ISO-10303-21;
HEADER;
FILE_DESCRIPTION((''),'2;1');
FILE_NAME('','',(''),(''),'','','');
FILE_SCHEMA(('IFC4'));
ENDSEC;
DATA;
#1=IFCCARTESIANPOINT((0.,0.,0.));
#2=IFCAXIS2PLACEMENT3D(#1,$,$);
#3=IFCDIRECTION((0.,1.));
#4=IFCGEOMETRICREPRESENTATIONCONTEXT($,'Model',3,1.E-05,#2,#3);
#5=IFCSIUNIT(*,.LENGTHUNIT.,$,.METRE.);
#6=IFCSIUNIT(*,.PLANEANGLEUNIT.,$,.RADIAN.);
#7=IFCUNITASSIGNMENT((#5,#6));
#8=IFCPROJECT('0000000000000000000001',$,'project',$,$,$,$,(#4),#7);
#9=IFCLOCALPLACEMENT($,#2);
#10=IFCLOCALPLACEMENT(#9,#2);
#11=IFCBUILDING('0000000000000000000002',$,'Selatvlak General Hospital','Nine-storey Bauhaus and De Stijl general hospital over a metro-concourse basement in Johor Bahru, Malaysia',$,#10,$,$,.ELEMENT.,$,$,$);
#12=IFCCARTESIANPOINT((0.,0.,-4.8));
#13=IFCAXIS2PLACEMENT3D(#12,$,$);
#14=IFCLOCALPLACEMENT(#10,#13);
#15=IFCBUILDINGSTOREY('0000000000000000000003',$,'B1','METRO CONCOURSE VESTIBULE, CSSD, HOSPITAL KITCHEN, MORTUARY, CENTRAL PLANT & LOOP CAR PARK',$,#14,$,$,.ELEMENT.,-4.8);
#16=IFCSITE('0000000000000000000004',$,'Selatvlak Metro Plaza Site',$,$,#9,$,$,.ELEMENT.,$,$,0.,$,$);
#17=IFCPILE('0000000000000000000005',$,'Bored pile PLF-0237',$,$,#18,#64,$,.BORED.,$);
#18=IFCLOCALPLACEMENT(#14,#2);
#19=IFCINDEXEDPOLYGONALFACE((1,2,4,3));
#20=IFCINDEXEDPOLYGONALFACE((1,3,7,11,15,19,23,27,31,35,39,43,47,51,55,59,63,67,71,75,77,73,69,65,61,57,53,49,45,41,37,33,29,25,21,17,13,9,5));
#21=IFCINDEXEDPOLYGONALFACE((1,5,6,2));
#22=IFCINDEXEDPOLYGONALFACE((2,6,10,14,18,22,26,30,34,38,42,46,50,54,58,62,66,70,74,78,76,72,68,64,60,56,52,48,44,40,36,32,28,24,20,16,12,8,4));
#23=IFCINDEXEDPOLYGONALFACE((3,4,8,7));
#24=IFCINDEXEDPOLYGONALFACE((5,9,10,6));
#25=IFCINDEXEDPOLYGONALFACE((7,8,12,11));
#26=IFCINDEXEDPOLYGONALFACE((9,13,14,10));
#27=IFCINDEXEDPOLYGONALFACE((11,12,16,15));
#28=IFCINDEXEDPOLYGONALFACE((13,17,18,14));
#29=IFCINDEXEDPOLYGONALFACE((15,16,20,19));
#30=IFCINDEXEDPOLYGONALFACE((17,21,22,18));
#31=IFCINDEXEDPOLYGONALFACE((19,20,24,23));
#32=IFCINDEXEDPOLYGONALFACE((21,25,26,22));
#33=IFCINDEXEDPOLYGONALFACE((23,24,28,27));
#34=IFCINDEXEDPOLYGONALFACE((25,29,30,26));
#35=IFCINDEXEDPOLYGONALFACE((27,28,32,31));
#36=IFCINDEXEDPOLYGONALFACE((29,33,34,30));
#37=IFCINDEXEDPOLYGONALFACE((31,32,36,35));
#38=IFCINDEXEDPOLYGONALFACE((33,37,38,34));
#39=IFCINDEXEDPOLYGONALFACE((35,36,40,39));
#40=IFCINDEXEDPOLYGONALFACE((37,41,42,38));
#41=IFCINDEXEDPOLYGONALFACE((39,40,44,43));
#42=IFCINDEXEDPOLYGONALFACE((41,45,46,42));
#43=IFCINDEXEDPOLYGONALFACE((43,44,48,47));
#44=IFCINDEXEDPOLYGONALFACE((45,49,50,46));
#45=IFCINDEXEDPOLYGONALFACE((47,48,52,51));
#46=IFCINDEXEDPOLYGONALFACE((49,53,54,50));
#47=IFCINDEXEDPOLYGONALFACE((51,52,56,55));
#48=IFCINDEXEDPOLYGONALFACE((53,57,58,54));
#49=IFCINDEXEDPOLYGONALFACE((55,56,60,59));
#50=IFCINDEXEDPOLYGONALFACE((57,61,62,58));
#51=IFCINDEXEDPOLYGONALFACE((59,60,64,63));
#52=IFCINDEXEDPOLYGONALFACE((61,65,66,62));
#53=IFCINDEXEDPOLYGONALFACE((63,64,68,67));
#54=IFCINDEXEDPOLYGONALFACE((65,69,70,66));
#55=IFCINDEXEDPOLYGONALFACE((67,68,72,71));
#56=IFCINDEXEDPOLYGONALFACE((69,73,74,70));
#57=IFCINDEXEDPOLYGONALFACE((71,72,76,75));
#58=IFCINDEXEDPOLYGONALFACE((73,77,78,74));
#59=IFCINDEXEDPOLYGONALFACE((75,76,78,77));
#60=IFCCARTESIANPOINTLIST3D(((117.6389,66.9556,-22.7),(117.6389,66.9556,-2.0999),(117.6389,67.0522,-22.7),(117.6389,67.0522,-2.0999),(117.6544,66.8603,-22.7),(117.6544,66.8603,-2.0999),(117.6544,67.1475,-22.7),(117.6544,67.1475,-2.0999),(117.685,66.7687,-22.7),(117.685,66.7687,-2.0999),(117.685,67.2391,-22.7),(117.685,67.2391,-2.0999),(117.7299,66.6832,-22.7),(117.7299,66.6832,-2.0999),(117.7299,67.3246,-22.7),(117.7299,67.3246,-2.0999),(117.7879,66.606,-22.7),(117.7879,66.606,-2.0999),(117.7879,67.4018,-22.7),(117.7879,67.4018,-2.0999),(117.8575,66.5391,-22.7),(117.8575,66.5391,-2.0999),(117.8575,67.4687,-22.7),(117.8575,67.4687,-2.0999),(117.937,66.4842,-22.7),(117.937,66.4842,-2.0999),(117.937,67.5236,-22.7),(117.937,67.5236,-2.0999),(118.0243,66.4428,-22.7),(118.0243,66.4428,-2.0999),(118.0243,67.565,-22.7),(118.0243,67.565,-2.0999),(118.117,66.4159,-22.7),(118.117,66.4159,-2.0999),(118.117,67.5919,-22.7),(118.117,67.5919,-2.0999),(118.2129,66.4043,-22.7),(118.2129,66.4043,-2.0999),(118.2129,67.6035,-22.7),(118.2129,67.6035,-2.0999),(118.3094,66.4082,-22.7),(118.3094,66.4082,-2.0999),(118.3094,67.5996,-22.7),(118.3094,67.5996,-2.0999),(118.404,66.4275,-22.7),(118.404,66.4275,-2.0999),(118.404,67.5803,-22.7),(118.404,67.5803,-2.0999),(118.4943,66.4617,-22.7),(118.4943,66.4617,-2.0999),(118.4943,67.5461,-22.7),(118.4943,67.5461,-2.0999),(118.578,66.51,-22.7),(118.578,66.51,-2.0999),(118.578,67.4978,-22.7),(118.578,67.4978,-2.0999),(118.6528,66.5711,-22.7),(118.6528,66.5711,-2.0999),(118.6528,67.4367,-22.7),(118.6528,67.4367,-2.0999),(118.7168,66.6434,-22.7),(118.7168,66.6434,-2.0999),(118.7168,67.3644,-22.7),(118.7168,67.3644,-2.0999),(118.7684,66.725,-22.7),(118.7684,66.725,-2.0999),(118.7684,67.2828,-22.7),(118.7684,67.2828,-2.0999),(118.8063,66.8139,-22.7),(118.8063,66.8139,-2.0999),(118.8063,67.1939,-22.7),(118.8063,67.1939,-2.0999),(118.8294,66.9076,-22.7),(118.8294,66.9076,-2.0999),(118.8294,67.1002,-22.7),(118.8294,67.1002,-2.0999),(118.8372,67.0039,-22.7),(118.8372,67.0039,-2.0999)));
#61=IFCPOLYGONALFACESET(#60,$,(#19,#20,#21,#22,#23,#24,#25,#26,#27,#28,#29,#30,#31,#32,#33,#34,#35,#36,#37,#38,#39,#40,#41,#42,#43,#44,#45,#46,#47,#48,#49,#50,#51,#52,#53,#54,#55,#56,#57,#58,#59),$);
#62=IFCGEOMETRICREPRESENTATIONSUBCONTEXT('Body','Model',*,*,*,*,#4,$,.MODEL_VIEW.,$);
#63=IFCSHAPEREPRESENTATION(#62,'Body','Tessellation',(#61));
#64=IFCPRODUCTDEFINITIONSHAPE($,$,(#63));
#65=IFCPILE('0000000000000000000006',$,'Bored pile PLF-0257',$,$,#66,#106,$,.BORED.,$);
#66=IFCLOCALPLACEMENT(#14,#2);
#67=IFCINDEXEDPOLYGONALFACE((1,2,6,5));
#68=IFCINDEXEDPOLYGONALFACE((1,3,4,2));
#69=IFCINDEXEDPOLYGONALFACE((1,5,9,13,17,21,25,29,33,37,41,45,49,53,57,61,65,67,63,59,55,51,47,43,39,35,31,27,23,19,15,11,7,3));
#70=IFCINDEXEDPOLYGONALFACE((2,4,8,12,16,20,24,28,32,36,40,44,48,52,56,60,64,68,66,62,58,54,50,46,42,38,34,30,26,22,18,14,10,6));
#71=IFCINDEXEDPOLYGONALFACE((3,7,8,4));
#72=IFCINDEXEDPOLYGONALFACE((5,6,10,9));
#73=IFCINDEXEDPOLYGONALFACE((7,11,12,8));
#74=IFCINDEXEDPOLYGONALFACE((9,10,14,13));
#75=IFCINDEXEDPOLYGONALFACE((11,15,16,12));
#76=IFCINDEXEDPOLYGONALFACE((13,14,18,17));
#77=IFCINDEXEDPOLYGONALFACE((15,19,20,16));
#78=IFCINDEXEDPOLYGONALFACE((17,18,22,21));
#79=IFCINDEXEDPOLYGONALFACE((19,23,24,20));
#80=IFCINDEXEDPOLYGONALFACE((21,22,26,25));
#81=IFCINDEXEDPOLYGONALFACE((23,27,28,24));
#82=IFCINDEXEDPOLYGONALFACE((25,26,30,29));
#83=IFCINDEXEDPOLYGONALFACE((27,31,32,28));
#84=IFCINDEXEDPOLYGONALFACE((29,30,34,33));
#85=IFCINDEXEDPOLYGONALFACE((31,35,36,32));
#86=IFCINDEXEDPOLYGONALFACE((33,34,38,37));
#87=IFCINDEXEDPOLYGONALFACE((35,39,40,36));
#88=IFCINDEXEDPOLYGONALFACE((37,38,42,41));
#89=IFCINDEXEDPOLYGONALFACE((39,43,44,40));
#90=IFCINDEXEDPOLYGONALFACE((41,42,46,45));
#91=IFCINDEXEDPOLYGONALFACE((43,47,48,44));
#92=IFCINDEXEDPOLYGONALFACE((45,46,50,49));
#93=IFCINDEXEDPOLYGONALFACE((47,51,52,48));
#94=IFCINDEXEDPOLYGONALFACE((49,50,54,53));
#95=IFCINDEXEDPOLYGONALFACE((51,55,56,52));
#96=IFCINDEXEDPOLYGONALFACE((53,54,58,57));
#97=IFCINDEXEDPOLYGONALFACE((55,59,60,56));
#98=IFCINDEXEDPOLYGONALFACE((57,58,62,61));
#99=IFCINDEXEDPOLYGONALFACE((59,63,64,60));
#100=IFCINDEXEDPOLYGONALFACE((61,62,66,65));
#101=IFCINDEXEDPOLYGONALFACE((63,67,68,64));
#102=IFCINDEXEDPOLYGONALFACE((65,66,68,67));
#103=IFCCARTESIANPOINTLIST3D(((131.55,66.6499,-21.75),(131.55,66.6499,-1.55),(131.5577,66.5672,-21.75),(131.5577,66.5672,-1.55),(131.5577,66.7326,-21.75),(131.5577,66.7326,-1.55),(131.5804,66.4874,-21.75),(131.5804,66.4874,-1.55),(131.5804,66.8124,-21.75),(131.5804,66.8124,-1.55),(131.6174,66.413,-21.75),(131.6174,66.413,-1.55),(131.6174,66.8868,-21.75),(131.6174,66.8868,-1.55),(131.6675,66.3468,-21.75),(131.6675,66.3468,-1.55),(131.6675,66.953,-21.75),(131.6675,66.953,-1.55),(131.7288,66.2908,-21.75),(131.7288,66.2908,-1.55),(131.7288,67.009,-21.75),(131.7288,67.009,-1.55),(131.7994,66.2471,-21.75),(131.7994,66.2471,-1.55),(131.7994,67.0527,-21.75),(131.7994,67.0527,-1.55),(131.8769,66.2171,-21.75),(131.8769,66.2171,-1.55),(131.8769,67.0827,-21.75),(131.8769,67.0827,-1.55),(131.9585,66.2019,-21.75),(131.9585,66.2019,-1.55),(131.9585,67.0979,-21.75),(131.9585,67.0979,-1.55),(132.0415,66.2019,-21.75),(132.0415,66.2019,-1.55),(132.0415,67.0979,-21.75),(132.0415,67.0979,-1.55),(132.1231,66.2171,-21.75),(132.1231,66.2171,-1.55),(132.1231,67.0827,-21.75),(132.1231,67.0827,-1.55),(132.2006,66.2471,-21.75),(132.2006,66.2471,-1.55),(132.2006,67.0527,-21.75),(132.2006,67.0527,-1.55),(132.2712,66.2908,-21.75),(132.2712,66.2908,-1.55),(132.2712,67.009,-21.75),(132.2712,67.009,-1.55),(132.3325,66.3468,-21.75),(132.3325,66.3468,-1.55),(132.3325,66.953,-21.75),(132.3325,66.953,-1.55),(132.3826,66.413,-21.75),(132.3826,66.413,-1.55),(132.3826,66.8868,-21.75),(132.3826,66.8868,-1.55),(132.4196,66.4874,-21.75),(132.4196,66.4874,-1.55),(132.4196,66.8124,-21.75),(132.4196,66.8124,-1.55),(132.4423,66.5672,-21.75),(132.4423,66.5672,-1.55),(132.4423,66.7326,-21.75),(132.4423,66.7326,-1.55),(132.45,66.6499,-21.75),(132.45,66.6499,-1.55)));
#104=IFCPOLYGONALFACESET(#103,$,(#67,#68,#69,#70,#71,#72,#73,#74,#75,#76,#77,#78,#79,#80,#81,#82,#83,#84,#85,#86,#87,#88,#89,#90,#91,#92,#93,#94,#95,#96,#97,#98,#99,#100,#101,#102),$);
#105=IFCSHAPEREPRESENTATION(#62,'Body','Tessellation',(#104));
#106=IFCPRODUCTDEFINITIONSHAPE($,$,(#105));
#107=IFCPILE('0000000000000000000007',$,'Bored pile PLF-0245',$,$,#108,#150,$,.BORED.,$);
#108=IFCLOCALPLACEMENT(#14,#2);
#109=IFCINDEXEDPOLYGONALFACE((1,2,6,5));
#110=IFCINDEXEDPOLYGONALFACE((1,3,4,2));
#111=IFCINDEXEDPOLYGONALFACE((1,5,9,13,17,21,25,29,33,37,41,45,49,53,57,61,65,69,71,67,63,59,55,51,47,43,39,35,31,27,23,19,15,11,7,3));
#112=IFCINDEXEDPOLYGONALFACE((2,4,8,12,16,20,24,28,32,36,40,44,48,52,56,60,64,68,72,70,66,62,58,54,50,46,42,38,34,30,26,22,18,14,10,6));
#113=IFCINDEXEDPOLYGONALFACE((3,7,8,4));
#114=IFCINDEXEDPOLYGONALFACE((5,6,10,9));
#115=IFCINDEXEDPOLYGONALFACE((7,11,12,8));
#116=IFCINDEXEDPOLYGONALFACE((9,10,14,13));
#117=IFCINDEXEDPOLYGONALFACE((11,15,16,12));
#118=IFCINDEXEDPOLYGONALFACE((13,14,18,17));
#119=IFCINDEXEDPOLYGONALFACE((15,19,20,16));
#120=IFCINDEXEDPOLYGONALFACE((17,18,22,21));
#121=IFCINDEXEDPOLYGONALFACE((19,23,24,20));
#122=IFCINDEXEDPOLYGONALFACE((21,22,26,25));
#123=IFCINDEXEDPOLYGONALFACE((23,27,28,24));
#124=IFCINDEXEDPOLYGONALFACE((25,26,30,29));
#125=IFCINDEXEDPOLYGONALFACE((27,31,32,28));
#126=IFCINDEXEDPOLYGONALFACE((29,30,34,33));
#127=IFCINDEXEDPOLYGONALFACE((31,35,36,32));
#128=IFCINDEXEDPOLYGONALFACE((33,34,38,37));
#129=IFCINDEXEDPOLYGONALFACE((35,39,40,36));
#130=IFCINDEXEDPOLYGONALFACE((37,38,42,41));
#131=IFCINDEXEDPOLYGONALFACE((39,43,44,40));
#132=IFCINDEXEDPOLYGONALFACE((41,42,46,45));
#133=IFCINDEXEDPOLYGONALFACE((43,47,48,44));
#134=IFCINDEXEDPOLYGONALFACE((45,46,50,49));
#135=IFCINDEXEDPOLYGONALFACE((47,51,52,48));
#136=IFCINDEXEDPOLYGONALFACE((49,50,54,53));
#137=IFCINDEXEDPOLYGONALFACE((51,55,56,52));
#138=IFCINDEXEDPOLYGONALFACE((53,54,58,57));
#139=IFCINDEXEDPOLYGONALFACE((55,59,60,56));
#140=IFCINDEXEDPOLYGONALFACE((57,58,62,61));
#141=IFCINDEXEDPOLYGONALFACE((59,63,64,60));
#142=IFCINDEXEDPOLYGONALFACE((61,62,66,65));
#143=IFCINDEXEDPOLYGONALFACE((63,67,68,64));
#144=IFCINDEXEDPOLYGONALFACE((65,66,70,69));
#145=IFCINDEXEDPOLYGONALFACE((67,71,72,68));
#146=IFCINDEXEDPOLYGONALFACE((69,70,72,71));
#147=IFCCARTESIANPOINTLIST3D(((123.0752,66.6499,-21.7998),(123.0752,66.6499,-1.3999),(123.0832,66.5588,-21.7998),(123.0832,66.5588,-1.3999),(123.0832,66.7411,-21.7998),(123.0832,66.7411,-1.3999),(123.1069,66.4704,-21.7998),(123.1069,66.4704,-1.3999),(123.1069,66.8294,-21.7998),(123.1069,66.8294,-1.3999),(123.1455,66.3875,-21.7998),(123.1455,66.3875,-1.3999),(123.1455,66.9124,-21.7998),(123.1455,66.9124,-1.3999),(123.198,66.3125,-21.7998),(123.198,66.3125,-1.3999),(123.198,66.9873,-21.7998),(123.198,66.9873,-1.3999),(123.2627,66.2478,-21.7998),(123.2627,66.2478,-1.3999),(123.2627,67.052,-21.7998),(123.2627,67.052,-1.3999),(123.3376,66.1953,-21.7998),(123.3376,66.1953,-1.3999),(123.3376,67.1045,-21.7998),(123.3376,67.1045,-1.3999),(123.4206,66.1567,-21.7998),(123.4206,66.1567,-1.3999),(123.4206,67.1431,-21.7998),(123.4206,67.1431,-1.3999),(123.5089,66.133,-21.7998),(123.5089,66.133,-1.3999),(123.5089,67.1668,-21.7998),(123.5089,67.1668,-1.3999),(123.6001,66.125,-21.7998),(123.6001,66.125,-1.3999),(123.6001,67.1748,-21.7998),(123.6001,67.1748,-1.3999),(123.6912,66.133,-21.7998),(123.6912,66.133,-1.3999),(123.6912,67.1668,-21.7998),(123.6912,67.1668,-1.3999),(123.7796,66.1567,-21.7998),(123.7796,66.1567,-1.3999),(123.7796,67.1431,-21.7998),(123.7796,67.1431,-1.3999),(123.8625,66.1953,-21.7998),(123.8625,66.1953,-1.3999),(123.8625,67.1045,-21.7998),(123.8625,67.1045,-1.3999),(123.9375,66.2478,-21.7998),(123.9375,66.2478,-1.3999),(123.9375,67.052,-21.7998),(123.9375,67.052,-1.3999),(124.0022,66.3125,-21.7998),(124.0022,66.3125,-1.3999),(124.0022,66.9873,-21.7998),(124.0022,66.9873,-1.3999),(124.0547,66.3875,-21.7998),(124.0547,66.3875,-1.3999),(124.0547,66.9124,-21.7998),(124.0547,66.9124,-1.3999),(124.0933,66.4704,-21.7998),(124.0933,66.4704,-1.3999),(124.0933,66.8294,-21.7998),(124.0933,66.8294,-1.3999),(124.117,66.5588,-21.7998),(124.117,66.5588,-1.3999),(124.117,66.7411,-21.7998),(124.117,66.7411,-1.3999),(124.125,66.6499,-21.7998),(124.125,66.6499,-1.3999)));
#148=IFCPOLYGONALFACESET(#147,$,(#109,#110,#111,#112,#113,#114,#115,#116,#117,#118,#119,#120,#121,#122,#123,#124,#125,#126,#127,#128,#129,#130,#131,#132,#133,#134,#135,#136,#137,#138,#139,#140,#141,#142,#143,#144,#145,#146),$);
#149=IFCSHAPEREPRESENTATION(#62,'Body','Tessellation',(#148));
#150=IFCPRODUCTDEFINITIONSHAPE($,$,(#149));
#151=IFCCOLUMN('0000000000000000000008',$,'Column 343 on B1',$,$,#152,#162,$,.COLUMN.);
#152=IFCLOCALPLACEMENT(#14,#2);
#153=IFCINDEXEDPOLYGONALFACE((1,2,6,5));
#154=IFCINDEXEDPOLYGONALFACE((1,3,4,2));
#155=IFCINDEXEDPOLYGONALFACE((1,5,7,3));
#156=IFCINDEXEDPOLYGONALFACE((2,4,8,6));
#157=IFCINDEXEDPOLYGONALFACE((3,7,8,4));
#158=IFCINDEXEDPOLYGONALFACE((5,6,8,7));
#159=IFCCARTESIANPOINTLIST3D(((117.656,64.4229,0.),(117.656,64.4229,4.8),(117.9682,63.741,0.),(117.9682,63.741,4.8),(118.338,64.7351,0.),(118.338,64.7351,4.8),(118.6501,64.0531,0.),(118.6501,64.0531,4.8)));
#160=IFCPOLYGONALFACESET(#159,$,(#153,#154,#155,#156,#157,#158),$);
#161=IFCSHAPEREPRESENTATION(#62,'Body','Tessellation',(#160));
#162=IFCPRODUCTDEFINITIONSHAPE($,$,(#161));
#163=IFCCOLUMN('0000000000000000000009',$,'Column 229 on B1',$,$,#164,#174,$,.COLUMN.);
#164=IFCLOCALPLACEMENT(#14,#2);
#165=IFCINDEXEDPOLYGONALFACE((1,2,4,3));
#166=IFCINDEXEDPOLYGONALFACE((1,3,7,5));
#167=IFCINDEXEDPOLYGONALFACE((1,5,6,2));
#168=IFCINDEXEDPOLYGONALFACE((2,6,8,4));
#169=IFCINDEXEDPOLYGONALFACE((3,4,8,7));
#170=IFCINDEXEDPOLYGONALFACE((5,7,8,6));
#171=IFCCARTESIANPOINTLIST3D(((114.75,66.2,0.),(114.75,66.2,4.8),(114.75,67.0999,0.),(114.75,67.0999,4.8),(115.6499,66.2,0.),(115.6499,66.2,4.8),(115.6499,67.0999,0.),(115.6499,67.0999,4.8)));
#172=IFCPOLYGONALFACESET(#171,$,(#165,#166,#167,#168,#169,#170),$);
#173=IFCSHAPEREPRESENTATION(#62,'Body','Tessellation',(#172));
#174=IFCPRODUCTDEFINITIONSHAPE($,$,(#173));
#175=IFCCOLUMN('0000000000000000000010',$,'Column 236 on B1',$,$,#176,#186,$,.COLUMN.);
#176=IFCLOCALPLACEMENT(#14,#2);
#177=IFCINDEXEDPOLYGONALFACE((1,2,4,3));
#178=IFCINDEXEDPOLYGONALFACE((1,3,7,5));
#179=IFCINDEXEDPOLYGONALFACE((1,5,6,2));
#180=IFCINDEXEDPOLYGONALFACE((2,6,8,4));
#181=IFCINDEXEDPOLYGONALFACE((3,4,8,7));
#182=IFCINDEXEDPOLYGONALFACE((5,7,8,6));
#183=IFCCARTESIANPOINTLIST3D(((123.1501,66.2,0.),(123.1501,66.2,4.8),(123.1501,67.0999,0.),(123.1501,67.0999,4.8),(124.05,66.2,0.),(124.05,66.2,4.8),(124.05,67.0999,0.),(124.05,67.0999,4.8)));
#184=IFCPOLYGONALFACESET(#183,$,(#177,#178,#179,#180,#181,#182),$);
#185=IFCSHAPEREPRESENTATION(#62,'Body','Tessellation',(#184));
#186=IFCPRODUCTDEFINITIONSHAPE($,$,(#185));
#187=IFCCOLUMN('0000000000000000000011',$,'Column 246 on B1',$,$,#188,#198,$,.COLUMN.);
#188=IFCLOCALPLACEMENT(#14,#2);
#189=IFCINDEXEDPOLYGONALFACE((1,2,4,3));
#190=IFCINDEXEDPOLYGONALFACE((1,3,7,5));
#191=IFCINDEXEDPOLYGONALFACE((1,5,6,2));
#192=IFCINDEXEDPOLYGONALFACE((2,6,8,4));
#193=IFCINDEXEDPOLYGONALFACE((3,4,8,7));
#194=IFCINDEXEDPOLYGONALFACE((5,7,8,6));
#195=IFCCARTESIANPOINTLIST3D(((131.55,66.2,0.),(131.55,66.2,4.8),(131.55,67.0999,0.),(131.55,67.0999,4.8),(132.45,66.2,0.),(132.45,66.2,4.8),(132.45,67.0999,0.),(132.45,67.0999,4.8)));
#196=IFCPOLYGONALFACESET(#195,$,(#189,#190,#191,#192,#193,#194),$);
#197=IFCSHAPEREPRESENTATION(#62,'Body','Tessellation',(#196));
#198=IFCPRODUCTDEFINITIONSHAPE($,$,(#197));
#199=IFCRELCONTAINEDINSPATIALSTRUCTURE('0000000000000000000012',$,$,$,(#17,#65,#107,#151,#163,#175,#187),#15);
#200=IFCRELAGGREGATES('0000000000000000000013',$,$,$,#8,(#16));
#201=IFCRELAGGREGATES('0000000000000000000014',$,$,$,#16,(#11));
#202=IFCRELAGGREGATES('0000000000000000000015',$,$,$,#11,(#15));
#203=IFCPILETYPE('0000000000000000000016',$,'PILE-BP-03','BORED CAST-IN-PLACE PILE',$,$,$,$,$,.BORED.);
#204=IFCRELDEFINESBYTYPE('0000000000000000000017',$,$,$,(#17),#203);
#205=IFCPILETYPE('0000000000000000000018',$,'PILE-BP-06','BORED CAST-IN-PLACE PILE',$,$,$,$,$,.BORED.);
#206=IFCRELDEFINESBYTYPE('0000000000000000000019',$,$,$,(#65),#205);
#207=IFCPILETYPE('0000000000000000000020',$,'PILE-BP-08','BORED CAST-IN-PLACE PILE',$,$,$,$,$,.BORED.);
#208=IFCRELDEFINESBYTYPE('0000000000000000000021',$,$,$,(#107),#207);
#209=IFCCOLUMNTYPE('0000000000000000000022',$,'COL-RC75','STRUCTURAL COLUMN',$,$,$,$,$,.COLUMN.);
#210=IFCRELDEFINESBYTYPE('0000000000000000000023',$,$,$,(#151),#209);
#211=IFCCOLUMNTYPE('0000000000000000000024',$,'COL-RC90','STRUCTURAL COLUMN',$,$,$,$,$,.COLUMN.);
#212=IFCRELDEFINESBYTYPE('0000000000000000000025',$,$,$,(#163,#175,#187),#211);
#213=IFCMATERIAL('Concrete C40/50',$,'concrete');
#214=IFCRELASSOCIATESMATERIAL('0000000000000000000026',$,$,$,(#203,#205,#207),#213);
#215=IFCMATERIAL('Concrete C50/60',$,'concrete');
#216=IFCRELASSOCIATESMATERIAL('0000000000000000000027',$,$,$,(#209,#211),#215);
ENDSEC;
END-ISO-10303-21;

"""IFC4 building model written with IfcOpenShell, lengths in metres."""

from ifc_helpers import new_model, si_unit, direction, frame, origin, origin_2d, place, context, subcontext, project, spatial, rectangle, circle, extrude, material, material_profile, profile_set, type_object, element, save


model = new_model("IFC4")

# Units and contexts
model_context = context("Model", 3, precision=1e-05, world=origin(), true_north=direction((0.0, 1.0)))
body_context = subcontext(model_context, "Body", "Model", "MODEL_VIEW")
ifc_project = project(units=[si_unit("LENGTHUNIT", "METRE"), si_unit("PLANEANGLEUNIT", "RADIAN")], contexts=[model_context])

# Site, building, storey
site_placement = place(None, origin())
site = spatial("IfcSite", under=ifc_project, at=site_placement, Name="Selatvlak Metro Plaza Site", CompositionType="ELEMENT", RefElevation=0.0)
building_placement = place(site_placement, origin())
building = spatial("IfcBuilding", under=site, at=building_placement, Name="Selatvlak General Hospital", Description="Nine-storey Bauhaus and De Stijl general hospital over a metro-concourse basement in Johor Bahru, Malaysia", CompositionType="ELEMENT")
storey_placement = place(building_placement, frame((0.0, 0.0, -4.8)))
storey = spatial("IfcBuildingStorey", under=building, at=storey_placement, Name="B1", Description="METRO CONCOURSE VESTIBULE, CSSD, HOSPITAL KITCHEN, MORTUARY, CENTRAL PLANT & LOOP CAR PARK", CompositionType="ELEMENT", Elevation=-4.8)

# Shared definitions
ifc_material_1 = material(Name="Concrete C40/50", Category="concrete")

# Piles
ifc_material_profile_1 = material_profile(ifc_material_1, circle(Radius=0.6001, at=origin_2d()), Name="BORED PILE 1200")
ifc_profile_set_1 = profile_set([ifc_material_profile_1], Name="Concrete C40/50")
pile_type_1 = type_object("IfcPileType", Name="PILE-BP-03", Description="BORED CAST-IN-PLACE PILE", PredefinedType="BORED", material=ifc_profile_set_1)
for number, where, z_axis, x_axis, name in (
    (1, (118.2371, 67.0039, -2.0999), (0.0, 0.0, -1.0), (1.0, 0.0, 0.0), "Bored pile PLF-0237"),
):
    element("IfcPile", number, at=place(storey_placement, frame(where, z_axis=z_axis, x_axis=x_axis)), inside=storey, type_object=pile_type_1, Name=name, PredefinedType="BORED", context=body_context, shape_type="SweptSolid", body=[
        extrude(circle(Radius=0.6001, at=origin_2d()), origin(), (0.0, 0.0, 1.0), 20.6001),
    ])
ifc_material_profile_2 = material_profile(ifc_material_1, circle(Radius=0.45, at=origin_2d()), Name="BORED PILE 900")
ifc_profile_set_2 = profile_set([ifc_material_profile_2], Name="Concrete C40/50")
pile_type_2 = type_object("IfcPileType", Name="PILE-BP-06", Description="BORED CAST-IN-PLACE PILE", PredefinedType="BORED", material=ifc_profile_set_2)
pile_1_placement = place(storey_placement, frame((132.0, 66.6499, -1.55), z_axis=(0.0, 0.0, -1.0), x_axis=(1.0, 0.0, 0.0)))
element("IfcPile", 2, at=pile_1_placement, inside=storey, type_object=pile_type_2, Name="Bored pile PLF-0257", PredefinedType="BORED", context=body_context, shape_type="SweptSolid", body=[
    extrude(circle(Radius=0.45, at=origin_2d()), origin(), (0.0, 0.0, 1.0), 20.2),
])
ifc_material_profile_3 = material_profile(ifc_material_1, circle(Radius=0.5249, at=origin_2d()), Name="BORED PILE 1050")
ifc_profile_set_3 = profile_set([ifc_material_profile_3], Name="Concrete C40/50")
pile_type_3 = type_object("IfcPileType", Name="PILE-BP-08", Description="BORED CAST-IN-PLACE PILE", PredefinedType="BORED", material=ifc_profile_set_3)
pile_2_placement = place(storey_placement, frame((123.6001, 66.6499, -1.3999), z_axis=(0.0, 0.0, -1.0), x_axis=(1.0, 0.0, 0.0)))
element("IfcPile", 3, at=pile_2_placement, inside=storey, type_object=pile_type_3, Name="Bored pile PLF-0245", PredefinedType="BORED", context=body_context, shape_type="SweptSolid", body=[
    extrude(circle(Radius=0.5249, at=origin_2d()), origin(), (0.0, 0.0, 1.0), 20.3999),
])

# Columns
ifc_material_2 = material(Name="Concrete C50/60", Category="concrete")
ifc_material_profile_4 = material_profile(ifc_material_2, rectangle(XDim=0.75, YDim=0.75, at=origin_2d()), Name="RC-COL 750x750")
ifc_profile_set_4 = profile_set([ifc_material_profile_4], Name="Concrete C50/60")
column_type_1 = type_object("IfcColumnType", Name="COL-RC75", Description="STRUCTURAL COLUMN", PredefinedType="COLUMN", material=ifc_profile_set_4)
column_placement = place(storey_placement, frame((118.1531, 64.238, 0.0), z_axis=(0.0, 0.0, 1.0), x_axis=(-0.416201, 0.909272, 0.0)))
element("IfcColumn", 4, at=column_placement, inside=storey, type_object=column_type_1, Name="Column 343 on B1", PredefinedType="COLUMN", context=body_context, shape_type="SweptSolid", body=[
    extrude(rectangle(XDim=0.75, YDim=0.75, at=origin_2d()), origin(), (0.0, 0.0, 1.0), 4.8),
])
ifc_material_profile_5 = material_profile(ifc_material_2, rectangle(XDim=0.8999, YDim=0.8999, at=origin_2d()), Name="RC-COL 900x900")
ifc_profile_set_5 = profile_set([ifc_material_profile_5], Name="Concrete C50/60")
column_type_2 = type_object("IfcColumnType", Name="COL-RC90", Description="STRUCTURAL COLUMN", PredefinedType="COLUMN", material=ifc_profile_set_5)
for number, where, z_axis, x_axis, name in (
    (5, (115.2, 66.6499, 0.0), (0.0, 0.0, 1.0), (1.0, 0.0, 0.0), "Column 229 on B1"),
    (6, (123.6001, 66.6499, 0.0), (0.0, 0.0, 1.0), (1.0, 0.0, 0.0), "Column 236 on B1"),
    (7, (132.0, 66.6499, 0.0), (0.0, 0.0, 1.0), (1.0, 0.0, 0.0), "Column 246 on B1"),
):
    element("IfcColumn", number, at=place(storey_placement, frame(where, z_axis=z_axis, x_axis=x_axis)), inside=storey, type_object=column_type_2, Name=name, PredefinedType="COLUMN", context=body_context, shape_type="SweptSolid", body=[
        extrude(rectangle(XDim=0.8999, YDim=0.8999, at=origin_2d()), origin(), (0.0, 0.0, 1.0), 4.8),
    ])

save(model, "model.ifc")
